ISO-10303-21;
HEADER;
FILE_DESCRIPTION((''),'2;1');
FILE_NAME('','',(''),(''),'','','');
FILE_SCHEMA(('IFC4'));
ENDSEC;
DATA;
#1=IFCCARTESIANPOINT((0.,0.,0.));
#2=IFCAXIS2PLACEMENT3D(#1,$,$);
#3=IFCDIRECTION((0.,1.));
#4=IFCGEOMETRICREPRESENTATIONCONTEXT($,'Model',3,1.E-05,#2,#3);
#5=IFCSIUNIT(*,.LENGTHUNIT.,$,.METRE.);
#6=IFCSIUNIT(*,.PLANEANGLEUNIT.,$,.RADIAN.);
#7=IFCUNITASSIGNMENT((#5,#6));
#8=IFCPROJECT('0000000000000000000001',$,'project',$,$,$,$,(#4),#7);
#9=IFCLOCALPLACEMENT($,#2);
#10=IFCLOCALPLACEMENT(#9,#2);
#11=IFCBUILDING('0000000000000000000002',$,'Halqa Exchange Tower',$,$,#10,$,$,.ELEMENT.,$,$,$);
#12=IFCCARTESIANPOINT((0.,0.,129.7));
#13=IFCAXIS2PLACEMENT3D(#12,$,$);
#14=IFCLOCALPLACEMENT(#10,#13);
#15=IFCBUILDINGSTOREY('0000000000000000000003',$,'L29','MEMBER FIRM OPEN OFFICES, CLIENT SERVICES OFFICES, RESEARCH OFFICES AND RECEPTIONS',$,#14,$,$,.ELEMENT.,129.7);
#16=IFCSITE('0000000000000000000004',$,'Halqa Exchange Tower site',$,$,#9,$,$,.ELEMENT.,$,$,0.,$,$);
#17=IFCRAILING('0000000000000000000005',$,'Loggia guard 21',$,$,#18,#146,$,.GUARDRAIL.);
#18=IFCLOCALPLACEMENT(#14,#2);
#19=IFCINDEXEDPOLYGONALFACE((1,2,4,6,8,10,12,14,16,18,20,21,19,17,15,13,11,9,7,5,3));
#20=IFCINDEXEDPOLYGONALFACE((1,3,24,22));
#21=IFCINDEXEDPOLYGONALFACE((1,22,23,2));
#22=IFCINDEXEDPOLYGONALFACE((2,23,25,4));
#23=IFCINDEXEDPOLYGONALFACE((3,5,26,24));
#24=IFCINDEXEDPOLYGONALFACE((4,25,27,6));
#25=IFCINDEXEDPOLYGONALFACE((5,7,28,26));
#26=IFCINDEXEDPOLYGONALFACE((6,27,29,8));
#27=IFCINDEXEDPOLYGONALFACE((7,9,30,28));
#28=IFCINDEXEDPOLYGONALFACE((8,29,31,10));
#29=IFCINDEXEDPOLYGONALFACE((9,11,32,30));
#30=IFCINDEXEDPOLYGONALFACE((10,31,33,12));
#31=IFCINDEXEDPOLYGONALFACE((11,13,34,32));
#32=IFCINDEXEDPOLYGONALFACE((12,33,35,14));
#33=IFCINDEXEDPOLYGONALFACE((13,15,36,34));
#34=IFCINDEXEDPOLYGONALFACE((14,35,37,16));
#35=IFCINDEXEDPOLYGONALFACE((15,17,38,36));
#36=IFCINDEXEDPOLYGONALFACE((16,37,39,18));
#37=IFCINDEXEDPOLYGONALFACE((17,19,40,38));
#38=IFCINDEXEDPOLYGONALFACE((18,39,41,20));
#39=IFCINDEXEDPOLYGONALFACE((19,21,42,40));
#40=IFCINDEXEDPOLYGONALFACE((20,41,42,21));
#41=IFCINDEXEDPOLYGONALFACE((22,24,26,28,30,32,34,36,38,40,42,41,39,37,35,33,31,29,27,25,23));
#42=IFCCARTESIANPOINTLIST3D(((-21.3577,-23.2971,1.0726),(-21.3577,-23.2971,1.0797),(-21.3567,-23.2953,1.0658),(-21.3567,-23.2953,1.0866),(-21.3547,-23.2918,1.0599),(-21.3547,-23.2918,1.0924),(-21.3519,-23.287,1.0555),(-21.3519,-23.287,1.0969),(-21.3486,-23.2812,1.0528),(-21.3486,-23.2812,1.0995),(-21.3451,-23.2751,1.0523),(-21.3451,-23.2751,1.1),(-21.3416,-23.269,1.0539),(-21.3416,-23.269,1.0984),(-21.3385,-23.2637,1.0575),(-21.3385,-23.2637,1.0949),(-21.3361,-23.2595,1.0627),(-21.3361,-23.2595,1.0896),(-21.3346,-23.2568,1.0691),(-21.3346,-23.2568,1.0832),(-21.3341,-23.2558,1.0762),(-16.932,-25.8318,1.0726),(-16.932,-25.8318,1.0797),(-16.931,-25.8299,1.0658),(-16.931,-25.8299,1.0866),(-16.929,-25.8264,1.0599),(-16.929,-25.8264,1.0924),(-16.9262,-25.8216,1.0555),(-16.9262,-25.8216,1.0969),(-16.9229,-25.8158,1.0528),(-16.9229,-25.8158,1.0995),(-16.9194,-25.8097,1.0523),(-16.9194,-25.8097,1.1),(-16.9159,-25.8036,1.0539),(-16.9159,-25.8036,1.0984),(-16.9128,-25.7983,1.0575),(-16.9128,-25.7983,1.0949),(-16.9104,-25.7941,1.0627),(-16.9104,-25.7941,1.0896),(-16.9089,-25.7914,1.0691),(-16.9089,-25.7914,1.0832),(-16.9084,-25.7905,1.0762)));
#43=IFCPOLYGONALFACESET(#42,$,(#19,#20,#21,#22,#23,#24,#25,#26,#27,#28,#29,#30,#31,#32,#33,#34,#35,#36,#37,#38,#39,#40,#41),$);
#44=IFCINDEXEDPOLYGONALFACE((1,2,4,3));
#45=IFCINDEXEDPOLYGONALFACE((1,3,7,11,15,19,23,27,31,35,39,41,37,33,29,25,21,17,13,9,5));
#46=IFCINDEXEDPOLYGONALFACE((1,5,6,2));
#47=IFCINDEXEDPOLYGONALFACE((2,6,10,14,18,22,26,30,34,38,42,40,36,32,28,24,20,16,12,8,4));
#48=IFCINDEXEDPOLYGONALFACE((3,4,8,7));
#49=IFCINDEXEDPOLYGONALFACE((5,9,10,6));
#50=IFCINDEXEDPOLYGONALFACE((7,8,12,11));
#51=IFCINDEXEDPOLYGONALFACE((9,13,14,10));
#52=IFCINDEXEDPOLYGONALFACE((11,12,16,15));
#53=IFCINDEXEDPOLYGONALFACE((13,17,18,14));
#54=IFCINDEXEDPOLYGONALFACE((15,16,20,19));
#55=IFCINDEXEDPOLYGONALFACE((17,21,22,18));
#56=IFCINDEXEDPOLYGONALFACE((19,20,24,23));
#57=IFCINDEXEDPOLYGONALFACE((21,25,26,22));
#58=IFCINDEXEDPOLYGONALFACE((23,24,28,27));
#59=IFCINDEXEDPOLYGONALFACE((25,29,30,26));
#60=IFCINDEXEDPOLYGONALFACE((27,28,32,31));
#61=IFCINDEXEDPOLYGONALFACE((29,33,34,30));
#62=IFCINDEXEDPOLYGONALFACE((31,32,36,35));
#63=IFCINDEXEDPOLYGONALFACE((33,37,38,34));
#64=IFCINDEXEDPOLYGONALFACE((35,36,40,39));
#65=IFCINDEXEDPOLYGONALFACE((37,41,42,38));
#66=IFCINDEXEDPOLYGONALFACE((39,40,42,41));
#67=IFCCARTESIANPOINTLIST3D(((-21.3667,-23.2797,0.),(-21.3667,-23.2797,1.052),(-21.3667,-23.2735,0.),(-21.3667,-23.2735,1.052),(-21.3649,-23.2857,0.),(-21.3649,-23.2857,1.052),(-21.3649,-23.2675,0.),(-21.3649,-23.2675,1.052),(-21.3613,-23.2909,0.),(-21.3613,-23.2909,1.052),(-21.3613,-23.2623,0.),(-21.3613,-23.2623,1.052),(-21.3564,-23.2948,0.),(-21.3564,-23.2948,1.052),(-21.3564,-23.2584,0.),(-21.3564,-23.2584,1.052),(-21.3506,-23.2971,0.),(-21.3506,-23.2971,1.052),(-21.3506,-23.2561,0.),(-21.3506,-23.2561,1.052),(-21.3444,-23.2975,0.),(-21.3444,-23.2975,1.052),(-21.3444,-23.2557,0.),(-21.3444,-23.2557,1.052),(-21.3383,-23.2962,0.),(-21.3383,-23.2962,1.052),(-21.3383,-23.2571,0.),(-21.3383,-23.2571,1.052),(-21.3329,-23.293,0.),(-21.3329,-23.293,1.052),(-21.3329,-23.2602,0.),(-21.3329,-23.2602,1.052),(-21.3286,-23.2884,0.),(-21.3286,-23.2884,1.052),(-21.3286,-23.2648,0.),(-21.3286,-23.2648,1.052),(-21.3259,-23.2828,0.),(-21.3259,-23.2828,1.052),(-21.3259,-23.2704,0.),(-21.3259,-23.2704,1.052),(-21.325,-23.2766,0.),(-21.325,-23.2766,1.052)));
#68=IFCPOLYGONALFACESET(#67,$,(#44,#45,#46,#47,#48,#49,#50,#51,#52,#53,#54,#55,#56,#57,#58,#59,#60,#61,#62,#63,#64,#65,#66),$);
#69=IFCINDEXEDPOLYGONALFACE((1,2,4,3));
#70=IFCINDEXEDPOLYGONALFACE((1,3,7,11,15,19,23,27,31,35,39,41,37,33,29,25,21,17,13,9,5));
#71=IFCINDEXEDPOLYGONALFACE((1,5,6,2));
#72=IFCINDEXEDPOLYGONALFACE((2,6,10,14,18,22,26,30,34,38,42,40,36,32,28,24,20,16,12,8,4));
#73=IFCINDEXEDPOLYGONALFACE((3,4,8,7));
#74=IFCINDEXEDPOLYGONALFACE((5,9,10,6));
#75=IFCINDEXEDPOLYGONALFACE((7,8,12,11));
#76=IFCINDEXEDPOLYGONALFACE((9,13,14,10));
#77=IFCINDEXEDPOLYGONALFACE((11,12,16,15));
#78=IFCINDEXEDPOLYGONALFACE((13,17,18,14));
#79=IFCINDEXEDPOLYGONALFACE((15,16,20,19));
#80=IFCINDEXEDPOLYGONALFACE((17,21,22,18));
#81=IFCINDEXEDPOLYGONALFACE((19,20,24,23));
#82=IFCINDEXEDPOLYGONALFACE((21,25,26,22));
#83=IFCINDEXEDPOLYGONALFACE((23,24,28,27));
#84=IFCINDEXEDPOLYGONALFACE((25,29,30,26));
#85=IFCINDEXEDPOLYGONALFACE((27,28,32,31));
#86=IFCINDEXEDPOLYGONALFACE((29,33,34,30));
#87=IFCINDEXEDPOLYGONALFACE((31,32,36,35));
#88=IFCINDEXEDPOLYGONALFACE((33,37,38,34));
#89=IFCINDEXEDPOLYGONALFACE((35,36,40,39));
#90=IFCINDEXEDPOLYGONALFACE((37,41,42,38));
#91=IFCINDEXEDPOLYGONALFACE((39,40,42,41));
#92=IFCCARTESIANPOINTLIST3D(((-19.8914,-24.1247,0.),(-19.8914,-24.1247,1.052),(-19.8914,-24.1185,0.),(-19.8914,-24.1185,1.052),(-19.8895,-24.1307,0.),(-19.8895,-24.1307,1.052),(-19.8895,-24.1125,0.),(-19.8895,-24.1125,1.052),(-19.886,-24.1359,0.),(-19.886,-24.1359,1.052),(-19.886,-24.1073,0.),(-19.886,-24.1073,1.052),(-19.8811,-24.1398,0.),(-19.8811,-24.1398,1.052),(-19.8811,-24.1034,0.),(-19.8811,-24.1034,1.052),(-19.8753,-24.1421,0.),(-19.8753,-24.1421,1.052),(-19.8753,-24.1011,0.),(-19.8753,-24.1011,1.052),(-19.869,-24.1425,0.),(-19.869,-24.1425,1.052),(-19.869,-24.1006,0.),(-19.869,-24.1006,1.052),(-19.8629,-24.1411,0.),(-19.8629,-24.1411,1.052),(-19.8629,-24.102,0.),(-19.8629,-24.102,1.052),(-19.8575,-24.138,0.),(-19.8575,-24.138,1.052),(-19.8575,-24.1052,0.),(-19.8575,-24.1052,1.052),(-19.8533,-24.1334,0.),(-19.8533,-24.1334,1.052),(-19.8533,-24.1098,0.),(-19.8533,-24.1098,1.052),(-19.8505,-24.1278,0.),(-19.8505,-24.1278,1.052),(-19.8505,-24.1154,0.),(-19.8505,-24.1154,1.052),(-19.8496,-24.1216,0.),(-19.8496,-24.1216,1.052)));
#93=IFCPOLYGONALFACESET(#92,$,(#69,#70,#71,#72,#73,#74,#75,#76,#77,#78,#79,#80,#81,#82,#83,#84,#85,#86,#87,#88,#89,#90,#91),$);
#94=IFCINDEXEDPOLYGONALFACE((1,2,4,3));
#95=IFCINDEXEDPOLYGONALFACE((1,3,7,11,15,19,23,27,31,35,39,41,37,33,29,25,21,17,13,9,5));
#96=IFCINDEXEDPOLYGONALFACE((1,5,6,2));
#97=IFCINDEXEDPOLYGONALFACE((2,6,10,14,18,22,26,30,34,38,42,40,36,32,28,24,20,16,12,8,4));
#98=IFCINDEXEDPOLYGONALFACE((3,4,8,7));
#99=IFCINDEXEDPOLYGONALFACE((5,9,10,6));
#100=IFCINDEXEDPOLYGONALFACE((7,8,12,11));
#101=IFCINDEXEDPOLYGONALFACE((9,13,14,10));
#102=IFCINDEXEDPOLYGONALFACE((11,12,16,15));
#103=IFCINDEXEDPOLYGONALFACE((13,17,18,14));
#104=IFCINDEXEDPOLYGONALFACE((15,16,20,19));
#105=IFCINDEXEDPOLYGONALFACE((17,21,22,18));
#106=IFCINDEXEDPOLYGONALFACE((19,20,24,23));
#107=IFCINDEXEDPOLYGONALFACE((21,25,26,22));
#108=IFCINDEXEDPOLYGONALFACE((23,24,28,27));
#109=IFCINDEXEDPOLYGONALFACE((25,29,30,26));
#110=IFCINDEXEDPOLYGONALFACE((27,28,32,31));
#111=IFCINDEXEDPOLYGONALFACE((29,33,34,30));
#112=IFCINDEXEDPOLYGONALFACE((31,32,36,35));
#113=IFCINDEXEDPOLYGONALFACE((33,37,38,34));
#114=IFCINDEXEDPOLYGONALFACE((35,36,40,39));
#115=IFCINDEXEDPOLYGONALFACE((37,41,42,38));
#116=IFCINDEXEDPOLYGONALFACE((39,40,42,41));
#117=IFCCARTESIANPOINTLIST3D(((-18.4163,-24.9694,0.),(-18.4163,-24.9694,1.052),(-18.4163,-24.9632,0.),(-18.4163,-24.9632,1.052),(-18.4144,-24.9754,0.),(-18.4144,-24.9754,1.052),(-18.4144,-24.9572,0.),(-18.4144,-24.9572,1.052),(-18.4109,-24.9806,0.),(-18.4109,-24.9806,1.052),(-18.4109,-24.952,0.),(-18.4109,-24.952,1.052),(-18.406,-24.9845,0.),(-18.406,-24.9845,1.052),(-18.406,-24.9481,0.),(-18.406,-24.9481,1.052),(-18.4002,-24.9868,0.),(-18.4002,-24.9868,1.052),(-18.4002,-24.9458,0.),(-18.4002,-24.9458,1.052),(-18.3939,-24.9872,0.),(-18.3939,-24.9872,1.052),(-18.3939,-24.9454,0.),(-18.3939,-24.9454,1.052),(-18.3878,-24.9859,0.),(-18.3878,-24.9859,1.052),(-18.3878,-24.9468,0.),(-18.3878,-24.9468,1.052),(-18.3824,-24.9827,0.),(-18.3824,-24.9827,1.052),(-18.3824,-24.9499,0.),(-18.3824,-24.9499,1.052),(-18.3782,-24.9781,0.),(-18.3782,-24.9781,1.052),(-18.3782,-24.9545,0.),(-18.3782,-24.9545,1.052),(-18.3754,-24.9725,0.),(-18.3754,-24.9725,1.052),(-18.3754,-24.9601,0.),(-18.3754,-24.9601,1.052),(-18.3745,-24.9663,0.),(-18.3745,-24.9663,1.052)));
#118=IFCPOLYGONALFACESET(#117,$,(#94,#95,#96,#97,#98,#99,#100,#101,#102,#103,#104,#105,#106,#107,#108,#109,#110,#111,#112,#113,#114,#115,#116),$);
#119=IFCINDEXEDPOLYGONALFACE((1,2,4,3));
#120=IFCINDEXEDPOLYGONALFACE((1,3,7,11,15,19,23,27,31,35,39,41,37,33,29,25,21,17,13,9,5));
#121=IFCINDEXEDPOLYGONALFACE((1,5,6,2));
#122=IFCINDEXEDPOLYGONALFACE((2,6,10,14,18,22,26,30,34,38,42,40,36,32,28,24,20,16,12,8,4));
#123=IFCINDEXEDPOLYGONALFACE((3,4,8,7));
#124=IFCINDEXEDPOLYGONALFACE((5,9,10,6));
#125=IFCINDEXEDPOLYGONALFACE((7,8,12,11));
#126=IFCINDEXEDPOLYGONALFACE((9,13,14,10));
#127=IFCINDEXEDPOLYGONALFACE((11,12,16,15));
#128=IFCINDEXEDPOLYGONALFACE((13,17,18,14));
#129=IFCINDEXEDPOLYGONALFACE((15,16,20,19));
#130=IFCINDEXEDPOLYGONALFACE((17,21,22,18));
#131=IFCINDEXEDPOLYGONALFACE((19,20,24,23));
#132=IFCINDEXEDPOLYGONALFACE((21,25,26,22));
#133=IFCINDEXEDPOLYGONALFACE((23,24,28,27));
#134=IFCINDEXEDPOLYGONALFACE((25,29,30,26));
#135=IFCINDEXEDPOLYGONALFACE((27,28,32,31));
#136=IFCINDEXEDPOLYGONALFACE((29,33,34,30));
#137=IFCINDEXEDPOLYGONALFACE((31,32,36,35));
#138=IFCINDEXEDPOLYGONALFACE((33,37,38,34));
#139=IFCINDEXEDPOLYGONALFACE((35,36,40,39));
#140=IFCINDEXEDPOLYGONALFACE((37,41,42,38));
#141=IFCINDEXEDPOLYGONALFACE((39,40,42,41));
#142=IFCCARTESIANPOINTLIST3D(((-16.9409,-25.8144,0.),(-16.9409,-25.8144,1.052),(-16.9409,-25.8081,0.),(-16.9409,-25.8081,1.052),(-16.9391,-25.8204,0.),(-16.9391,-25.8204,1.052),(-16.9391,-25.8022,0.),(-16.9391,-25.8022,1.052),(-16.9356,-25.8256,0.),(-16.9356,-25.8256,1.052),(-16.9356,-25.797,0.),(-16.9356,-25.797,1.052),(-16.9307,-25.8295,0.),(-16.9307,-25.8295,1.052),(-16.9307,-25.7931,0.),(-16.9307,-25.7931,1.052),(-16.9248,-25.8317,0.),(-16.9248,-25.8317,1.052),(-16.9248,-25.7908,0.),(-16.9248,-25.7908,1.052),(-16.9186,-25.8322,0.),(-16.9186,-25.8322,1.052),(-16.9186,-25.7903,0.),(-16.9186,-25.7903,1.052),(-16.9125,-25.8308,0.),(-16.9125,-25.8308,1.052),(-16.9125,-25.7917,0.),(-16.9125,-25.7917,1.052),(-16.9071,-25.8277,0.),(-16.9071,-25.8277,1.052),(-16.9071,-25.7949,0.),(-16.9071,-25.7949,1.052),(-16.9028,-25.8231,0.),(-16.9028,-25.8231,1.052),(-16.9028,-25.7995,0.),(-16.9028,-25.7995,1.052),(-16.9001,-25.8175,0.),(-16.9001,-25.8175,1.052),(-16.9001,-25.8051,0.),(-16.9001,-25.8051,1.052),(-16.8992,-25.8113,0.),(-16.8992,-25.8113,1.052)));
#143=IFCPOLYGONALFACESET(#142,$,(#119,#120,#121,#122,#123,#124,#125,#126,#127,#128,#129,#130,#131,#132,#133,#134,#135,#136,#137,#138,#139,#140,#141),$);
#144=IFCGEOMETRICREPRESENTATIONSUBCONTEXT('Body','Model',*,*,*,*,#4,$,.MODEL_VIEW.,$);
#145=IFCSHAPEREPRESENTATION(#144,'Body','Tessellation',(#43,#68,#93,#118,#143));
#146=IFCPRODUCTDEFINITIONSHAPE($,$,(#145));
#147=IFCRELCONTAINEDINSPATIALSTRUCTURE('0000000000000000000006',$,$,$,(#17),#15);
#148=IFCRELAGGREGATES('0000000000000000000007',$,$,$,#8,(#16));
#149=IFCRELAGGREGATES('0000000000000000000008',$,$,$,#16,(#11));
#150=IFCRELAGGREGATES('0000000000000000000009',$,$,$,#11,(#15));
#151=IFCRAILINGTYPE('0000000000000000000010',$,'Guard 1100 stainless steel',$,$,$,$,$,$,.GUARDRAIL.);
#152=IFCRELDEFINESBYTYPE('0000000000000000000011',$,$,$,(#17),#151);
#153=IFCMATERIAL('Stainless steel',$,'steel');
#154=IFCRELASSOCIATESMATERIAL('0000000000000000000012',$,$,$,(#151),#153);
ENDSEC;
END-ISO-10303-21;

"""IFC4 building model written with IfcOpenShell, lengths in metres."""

from ifc_helpers import new_model, si_unit, direction, frame, origin, origin_2d, place, context, subcontext, project, spatial, circle, extrude, material, type_object, element, save


model = new_model("IFC4")

# Units and contexts
model_context = context("Model", 3, precision=1e-05, world=origin(), true_north=direction((0.0, 1.0)))
body_context = subcontext(model_context, "Body", "Model", "MODEL_VIEW")
ifc_project = project(units=[si_unit("LENGTHUNIT", "METRE"), si_unit("PLANEANGLEUNIT", "RADIAN")], contexts=[model_context])

# Site, building, storey
site_placement = place(None, origin())
site = spatial("IfcSite", under=ifc_project, at=site_placement, Name="Halqa Exchange Tower site", CompositionType="ELEMENT", RefElevation=0.0)
building_placement = place(site_placement, origin())
building = spatial("IfcBuilding", under=site, at=building_placement, Name="Halqa Exchange Tower", CompositionType="ELEMENT")
storey_placement = place(building_placement, frame((0.0, 0.0, 129.7)))
storey = spatial("IfcBuildingStorey", under=building, at=storey_placement, Name="L29", Description="MEMBER FIRM OPEN OFFICES, CLIENT SERVICES OFFICES, RESEARCH OFFICES AND RECEPTIONS", CompositionType="ELEMENT", Elevation=129.7)

# Railing
ifc_material_1 = material(Name="Stainless steel", Category="steel")
railing_type = type_object("IfcRailingType", Name="Guard 1100 stainless steel", PredefinedType="GUARDRAIL", material=ifc_material_1)
railing_1_placement = place(storey_placement, frame((-21.3459, -23.2766, 0.0)))
element("IfcRailing", 1, at=railing_1_placement, inside=storey, type_object=railing_type, Name="Loggia guard 21", PredefinedType="GUARDRAIL", context=body_context, shape_type="SweptSolid", body=[
    extrude(circle(Radius=0.0239, at=origin_2d()), frame((0.0, 0.0, 1.0762), z_axis=(0.867766, -0.496974, 0.0), x_axis=(0.496974, 0.867766, 0.0)), (0.0, 0.0, 1.0), 5.1001),
    extrude(circle(Radius=0.021, at=origin_2d()), origin(), (0.0, 0.0, 1.0), 1.052),
    extrude(circle(Radius=0.021, at=origin_2d()), frame((1.4753, -0.845, 0.0)), (0.0, 0.0, 1.0), 1.052),
    extrude(circle(Radius=0.021, at=origin_2d()), frame((2.9504, -1.6897, 0.0)), (0.0, 0.0, 1.0), 1.052),
    extrude(circle(Radius=0.021, at=origin_2d()), frame((4.4258, -2.5347, 0.0)), (0.0, 0.0, 1.0), 1.052),
])

save(model, "model.ifc")
